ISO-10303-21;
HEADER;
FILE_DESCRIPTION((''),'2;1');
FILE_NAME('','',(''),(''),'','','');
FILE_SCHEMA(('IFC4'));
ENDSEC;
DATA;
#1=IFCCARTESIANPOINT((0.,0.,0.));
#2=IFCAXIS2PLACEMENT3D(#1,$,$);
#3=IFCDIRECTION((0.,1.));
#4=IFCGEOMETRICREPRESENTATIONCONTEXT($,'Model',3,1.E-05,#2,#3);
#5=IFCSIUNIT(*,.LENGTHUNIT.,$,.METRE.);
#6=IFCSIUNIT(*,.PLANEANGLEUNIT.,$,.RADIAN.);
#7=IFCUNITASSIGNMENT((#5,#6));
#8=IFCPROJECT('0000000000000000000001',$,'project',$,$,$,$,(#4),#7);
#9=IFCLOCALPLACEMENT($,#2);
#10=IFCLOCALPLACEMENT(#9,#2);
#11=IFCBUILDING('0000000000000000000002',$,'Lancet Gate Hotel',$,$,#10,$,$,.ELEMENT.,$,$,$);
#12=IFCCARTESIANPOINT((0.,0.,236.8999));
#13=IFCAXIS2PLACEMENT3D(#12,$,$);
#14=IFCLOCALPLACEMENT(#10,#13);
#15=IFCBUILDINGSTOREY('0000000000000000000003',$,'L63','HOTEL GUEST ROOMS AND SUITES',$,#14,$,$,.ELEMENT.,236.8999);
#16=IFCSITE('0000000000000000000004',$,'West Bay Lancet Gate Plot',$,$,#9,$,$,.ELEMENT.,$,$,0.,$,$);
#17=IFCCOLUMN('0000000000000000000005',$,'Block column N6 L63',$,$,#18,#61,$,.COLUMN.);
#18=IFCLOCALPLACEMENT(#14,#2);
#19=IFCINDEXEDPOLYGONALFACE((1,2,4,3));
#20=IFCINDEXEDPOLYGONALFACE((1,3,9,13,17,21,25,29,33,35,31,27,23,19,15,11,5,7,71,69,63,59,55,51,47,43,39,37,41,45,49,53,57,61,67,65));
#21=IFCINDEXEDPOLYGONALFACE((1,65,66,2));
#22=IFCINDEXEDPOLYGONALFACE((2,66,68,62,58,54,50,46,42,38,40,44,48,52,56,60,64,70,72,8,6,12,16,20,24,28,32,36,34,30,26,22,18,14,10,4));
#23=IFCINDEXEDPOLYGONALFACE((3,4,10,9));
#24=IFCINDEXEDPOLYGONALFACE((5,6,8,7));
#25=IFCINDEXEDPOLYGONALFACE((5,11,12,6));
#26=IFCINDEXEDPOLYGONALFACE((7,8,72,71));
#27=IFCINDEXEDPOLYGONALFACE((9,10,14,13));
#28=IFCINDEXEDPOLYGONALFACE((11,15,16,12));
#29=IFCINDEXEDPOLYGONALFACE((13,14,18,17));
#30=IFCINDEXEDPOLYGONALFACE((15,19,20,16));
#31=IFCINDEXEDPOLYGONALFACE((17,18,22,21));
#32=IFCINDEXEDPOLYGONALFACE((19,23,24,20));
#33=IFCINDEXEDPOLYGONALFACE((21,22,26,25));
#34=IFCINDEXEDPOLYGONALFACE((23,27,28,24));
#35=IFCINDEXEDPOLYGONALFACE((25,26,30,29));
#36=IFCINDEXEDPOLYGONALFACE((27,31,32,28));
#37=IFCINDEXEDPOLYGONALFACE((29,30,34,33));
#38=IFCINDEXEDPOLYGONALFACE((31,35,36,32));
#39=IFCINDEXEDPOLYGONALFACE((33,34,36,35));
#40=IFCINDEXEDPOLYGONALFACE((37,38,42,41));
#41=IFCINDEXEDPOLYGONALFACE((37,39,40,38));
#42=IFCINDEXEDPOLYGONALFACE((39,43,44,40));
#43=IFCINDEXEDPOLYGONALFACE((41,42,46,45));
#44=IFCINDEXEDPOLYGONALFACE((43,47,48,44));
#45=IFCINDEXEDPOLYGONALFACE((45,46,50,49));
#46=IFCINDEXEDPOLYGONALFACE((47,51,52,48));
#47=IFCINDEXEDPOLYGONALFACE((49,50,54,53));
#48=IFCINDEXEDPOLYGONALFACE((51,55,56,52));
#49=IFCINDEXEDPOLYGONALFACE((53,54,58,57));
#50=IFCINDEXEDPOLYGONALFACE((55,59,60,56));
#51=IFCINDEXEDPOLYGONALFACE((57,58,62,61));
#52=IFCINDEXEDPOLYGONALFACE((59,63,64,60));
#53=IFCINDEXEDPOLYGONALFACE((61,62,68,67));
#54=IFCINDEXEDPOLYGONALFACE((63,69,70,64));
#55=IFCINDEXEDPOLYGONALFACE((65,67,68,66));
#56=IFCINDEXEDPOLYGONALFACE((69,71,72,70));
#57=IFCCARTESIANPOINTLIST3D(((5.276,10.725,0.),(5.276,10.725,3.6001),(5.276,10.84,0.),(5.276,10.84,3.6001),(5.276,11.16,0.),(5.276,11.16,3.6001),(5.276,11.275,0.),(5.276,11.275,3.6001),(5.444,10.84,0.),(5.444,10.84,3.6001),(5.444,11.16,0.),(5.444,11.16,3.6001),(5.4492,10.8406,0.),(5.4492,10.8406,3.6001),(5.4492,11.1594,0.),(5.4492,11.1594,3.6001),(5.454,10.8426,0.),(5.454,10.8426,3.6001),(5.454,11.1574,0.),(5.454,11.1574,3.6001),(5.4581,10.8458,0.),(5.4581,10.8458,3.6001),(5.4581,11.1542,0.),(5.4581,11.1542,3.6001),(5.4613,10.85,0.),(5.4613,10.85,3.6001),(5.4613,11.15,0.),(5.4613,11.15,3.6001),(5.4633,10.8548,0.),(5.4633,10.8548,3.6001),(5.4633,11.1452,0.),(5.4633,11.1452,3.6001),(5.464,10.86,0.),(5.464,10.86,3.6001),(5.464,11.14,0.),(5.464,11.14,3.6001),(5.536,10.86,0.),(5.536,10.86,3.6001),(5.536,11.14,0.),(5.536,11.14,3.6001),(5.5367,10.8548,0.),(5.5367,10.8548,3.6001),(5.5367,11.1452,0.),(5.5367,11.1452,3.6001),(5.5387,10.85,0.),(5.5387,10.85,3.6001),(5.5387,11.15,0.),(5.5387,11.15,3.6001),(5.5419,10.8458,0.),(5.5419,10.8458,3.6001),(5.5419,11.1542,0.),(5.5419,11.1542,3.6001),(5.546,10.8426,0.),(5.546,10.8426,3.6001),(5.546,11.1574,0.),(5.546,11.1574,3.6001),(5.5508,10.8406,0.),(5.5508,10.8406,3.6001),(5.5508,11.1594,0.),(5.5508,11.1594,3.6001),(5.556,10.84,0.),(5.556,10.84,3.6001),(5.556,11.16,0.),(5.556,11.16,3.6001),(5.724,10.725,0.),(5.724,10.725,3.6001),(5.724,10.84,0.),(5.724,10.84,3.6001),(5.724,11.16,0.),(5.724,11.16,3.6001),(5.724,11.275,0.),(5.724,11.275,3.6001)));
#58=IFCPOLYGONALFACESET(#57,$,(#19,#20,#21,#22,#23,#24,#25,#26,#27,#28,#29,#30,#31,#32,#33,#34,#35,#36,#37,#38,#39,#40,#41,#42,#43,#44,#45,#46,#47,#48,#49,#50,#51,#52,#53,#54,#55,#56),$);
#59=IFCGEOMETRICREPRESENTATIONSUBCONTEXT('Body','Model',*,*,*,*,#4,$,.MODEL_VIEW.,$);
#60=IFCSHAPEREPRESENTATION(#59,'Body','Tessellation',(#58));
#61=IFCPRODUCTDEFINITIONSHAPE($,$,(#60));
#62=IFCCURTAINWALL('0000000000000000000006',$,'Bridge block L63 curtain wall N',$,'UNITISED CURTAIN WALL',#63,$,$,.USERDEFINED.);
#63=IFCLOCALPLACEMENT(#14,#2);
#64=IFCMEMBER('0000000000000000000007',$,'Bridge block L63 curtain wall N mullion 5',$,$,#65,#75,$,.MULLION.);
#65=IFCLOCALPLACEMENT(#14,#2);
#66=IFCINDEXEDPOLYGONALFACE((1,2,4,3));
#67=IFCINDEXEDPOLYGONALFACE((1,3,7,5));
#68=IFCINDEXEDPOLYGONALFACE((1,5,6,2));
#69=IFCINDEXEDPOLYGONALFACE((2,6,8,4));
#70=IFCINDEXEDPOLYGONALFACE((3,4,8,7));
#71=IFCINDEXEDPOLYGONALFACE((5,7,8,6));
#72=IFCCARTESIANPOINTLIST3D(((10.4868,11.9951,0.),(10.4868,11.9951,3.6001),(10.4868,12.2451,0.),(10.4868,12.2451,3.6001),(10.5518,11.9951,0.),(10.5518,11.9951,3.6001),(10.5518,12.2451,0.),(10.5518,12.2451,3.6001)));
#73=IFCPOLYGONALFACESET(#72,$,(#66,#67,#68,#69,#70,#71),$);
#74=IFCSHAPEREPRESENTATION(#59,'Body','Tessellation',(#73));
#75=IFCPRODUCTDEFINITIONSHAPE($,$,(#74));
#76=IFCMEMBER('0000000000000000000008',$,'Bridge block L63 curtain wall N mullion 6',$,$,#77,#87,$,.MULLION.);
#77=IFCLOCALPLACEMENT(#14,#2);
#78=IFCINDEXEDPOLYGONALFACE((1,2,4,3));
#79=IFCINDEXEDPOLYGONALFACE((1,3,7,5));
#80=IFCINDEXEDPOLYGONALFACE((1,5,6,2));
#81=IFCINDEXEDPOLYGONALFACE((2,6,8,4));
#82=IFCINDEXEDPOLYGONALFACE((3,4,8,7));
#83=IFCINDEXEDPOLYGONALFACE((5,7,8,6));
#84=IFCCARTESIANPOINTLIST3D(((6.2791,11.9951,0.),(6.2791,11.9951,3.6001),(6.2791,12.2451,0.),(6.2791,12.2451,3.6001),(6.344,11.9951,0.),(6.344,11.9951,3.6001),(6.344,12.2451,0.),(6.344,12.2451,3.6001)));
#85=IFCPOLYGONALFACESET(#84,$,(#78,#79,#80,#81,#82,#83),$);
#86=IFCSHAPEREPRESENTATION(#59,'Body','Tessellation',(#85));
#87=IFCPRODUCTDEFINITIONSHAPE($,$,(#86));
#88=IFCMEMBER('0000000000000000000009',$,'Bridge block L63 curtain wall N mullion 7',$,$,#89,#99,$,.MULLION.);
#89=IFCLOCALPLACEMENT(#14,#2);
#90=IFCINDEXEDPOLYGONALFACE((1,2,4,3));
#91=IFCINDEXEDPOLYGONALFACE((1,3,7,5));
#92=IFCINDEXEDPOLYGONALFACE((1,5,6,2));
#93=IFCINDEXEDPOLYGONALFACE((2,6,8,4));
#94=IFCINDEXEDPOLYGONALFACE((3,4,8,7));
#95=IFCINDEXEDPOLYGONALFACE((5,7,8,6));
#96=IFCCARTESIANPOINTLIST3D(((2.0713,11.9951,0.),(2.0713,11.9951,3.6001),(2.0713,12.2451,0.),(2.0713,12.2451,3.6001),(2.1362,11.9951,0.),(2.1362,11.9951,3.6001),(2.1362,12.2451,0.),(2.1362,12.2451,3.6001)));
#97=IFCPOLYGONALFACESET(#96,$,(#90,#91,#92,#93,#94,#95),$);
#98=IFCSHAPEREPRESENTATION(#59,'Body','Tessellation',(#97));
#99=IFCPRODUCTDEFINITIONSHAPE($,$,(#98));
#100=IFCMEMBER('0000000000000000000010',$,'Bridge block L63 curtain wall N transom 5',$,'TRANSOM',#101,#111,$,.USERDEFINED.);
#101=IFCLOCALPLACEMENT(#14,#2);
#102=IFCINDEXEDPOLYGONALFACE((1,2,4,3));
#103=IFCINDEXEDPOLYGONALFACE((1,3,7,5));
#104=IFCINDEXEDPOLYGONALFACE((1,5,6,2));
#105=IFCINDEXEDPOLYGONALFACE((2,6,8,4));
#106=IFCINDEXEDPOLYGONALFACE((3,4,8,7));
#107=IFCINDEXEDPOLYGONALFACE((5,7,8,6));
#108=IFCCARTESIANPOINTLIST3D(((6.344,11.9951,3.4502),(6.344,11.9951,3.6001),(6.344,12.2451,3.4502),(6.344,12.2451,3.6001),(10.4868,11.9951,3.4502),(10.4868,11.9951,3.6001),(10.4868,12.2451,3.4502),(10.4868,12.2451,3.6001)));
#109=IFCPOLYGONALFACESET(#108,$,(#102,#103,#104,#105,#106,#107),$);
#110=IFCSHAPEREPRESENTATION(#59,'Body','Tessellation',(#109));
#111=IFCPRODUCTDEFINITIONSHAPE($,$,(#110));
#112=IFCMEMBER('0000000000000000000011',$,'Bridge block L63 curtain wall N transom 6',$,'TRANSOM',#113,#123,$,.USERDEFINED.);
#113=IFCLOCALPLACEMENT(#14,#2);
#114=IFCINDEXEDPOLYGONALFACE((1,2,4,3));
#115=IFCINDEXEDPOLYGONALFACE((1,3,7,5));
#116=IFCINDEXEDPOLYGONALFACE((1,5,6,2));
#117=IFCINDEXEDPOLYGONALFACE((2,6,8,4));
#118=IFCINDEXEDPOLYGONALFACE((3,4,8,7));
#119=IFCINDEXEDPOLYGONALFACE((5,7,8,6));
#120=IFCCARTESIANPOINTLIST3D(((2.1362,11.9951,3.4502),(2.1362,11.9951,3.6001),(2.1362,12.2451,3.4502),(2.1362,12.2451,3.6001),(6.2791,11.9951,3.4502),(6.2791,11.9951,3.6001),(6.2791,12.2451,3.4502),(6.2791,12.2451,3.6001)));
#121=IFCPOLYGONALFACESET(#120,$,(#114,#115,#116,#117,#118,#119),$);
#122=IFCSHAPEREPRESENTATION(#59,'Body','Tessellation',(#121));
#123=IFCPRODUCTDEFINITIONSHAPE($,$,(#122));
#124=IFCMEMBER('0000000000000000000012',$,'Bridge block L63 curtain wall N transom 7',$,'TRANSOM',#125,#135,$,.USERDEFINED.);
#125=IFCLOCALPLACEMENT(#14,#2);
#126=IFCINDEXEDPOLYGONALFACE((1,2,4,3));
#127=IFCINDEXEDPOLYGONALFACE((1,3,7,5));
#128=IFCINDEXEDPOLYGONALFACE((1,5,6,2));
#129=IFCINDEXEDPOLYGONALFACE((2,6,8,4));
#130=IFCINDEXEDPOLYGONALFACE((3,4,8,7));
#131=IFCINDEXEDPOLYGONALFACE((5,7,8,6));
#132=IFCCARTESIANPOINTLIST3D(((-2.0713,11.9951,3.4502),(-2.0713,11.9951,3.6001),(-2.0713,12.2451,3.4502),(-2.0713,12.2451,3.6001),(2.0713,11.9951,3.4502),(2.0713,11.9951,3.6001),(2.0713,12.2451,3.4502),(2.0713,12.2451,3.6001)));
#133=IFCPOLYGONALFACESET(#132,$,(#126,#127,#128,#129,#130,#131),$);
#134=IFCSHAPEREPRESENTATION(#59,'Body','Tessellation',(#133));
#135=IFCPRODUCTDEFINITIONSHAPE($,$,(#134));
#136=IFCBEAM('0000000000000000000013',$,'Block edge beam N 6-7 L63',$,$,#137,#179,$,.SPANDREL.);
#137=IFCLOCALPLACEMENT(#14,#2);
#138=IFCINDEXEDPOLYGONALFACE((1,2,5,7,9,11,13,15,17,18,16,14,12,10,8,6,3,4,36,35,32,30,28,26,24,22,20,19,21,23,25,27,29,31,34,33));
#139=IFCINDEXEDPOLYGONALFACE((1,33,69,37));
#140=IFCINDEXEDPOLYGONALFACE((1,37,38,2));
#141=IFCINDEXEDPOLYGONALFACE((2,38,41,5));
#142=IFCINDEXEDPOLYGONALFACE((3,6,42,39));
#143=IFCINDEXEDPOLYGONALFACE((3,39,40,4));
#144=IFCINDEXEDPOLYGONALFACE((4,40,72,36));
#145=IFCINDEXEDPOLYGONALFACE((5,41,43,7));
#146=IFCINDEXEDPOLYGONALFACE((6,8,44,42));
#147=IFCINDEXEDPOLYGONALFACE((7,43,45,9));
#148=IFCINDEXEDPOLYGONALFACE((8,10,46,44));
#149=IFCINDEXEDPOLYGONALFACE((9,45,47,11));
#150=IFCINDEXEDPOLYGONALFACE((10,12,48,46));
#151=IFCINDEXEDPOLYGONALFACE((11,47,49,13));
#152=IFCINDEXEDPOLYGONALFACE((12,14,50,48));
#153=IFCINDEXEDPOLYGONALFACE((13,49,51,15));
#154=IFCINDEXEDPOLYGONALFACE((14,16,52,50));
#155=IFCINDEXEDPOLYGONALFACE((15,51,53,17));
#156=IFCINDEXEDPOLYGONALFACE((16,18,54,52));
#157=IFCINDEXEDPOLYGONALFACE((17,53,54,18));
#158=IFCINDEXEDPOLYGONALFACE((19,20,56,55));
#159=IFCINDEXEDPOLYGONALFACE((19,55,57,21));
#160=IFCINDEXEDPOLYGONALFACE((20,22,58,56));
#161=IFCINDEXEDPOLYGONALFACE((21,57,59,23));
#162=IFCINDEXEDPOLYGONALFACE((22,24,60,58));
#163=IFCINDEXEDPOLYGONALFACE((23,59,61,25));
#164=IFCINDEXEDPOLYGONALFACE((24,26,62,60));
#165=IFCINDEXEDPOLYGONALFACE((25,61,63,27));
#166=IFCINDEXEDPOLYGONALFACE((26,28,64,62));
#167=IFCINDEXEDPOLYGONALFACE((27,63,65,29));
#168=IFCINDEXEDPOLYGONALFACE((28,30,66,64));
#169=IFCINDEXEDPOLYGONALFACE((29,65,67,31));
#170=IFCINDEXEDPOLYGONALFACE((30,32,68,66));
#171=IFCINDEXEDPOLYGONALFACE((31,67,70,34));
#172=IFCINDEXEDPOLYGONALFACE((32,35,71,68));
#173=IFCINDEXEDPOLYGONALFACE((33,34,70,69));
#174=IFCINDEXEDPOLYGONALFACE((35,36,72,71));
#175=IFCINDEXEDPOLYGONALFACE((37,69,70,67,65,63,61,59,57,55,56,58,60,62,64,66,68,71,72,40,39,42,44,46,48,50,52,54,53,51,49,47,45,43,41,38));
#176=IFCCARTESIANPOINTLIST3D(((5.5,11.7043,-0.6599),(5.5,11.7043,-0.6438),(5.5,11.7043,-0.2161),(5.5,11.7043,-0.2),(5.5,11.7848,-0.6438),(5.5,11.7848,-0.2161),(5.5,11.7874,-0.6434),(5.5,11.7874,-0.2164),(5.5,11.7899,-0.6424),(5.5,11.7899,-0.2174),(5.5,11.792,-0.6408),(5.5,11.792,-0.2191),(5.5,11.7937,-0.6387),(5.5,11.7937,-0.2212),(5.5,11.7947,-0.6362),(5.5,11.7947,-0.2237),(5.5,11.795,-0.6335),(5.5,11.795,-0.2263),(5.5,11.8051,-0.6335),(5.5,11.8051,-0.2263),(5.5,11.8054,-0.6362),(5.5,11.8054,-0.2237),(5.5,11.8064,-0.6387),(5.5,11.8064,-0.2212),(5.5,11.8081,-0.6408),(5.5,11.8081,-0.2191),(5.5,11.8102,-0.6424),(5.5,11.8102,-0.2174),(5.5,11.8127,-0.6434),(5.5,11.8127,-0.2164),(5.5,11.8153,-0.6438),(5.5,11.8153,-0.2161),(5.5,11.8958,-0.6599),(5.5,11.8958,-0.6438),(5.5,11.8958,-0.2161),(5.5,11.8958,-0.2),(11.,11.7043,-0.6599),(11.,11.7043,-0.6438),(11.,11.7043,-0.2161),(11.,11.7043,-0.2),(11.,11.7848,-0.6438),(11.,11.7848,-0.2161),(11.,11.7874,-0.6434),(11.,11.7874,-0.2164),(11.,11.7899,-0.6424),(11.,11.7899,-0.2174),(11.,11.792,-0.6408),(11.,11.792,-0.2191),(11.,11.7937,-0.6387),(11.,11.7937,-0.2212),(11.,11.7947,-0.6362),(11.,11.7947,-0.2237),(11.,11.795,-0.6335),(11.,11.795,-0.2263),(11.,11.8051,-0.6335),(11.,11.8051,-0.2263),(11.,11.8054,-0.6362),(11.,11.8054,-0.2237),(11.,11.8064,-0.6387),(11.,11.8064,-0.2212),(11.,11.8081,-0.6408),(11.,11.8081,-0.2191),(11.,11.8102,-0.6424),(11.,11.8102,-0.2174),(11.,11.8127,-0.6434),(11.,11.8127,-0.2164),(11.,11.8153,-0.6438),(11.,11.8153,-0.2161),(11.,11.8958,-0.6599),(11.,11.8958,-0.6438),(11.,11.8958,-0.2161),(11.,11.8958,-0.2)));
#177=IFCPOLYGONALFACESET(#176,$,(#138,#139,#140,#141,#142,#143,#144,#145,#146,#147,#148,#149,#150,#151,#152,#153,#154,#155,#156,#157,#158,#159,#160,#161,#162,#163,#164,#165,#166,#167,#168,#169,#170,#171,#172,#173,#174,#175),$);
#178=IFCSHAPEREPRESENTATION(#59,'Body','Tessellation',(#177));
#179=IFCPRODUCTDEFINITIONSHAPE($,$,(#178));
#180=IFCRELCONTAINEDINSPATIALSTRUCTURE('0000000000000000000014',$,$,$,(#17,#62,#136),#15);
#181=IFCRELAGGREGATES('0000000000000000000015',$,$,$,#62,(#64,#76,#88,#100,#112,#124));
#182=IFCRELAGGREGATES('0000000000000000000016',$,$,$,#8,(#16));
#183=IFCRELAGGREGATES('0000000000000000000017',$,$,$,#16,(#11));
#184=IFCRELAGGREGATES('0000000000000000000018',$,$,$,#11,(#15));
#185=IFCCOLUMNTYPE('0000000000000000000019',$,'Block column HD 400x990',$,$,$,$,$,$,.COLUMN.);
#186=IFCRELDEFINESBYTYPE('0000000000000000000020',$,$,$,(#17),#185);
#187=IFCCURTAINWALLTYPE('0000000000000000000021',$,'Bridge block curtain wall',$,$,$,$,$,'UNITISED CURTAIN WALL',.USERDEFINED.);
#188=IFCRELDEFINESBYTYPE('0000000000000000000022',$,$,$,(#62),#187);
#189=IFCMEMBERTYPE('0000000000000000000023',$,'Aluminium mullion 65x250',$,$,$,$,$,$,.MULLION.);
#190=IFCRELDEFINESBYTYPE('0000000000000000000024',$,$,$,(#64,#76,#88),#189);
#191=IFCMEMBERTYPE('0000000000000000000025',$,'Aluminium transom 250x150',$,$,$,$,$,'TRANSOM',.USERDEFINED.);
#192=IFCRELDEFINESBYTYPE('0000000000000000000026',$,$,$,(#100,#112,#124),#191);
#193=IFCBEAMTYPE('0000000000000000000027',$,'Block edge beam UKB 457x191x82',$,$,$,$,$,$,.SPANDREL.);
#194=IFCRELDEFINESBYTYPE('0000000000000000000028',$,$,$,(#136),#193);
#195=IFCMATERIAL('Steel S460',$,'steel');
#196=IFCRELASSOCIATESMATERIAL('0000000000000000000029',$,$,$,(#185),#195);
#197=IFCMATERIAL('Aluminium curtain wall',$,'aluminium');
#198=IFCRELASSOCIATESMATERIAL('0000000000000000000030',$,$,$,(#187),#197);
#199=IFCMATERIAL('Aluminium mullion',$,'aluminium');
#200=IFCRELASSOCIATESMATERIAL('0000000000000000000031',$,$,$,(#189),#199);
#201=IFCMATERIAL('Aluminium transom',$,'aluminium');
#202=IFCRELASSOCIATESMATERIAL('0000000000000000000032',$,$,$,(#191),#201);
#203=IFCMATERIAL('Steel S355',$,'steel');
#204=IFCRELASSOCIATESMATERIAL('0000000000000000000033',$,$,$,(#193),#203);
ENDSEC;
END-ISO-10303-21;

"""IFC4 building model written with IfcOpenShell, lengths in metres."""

from ifc_helpers import new_model, si_unit, direction, frame, origin, origin_2d, place, context, subcontext, project, spatial, rectangle, i_section, extrude, material, material_profile, profile_set, type_object, element, aggregate, save


model = new_model("IFC4")

# Units and contexts
model_context = context("Model", 3, precision=1e-05, world=origin(), true_north=direction((0.0, 1.0)))
body_context = subcontext(model_context, "Body", "Model", "MODEL_VIEW")
ifc_project = project(units=[si_unit("LENGTHUNIT", "METRE"), si_unit("PLANEANGLEUNIT", "RADIAN")], contexts=[model_context])

# Site, building, storey
site_placement = place(None, origin())
site = spatial("IfcSite", under=ifc_project, at=site_placement, Name="West Bay Lancet Gate Plot", CompositionType="ELEMENT", RefElevation=0.0)
building_placement = place(site_placement, origin())
building = spatial("IfcBuilding", under=site, at=building_placement, Name="Lancet Gate Hotel", CompositionType="ELEMENT")
storey_placement = place(building_placement, frame((0.0, 0.0, 236.8999)))
storey = spatial("IfcBuildingStorey", under=building, at=storey_placement, Name="L63", Description="HOTEL GUEST ROOMS AND SUITES", CompositionType="ELEMENT", Elevation=236.8999)

# Column
ifc_material_1 = material(Name="Steel S460", Category="steel")
ifc_material_profile_1 = material_profile(ifc_material_1, i_section(OverallWidth=0.448, OverallDepth=0.55, WebThickness=0.072, FlangeThickness=0.115, FilletRadius=0.02, at=origin_2d()), Name="HD 400x990")
ifc_profile_set_1 = profile_set([ifc_material_profile_1], Name="Steel S460")
column_type = type_object("IfcColumnType", Name="Block column HD 400x990", PredefinedType="COLUMN", material=ifc_profile_set_1)
column_placement = place(storey_placement, frame((5.5, 11.0, 0.0), z_axis=(0.0, 0.0, 1.0), x_axis=(1.0, 0.0, 0.0)))
element("IfcColumn", 1, at=column_placement, inside=storey, type_object=column_type, Name="Block column N6 L63", PredefinedType="COLUMN", context=body_context, shape_type="SweptSolid", body=[
    extrude(i_section(OverallWidth=0.448, OverallDepth=0.55, WebThickness=0.072, FlangeThickness=0.115, FilletRadius=0.02, at=origin_2d()), origin(), (0.0, 0.0, 1.0), 3.6001),
])

# Curtain wall, members
ifc_material_2 = material(Name="Aluminium curtain wall", Category="aluminium")
curtain_wall_type = type_object("IfcCurtainWallType", Name="Bridge block curtain wall", ElementType="UNITISED CURTAIN WALL", PredefinedType="USERDEFINED", material=ifc_material_2)
curtain_wall_placement = place(storey_placement, origin())
curtain_wall = element("IfcCurtainWall", 2, at=curtain_wall_placement, inside=storey, type_object=curtain_wall_type, Name="Bridge block L63 curtain wall N", ObjectType="UNITISED CURTAIN WALL", PredefinedType="USERDEFINED")
ifc_material_3 = material(Name="Aluminium mullion", Category="aluminium")
ifc_material_profile_2 = material_profile(ifc_material_3, rectangle(XDim=0.0649, YDim=0.25, at=origin_2d()), Name="MULLION 65x250")
ifc_profile_set_2 = profile_set([ifc_material_profile_2], Name="Aluminium mullion")
member_type_1 = type_object("IfcMemberType", Name="Aluminium mullion 65x250", PredefinedType="MULLION", material=ifc_profile_set_2)
member_1_placement = place(storey_placement, frame((10.5193, 12.1201, 0.0), z_axis=(0.0, 0.0, 1.0), x_axis=(-1.0, 0.0, 0.0)))
member_1 = element("IfcMember", 3, at=member_1_placement, type_object=member_type_1, Name="Bridge block L63 curtain wall N mullion 5", PredefinedType="MULLION", context=body_context, shape_type="SweptSolid", body=[
    extrude(rectangle(XDim=0.0649, YDim=0.25, at=origin_2d()), origin(), (0.0, 0.0, 1.0), 3.6001),
])
member_2_placement = place(storey_placement, frame((6.3115, 12.1201, 0.0), z_axis=(0.0, 0.0, 1.0), x_axis=(-1.0, 0.0, 0.0)))
member_2 = element("IfcMember", 4, at=member_2_placement, type_object=member_type_1, Name="Bridge block L63 curtain wall N mullion 6", PredefinedType="MULLION", context=body_context, shape_type="SweptSolid", body=[
    extrude(rectangle(XDim=0.0649, YDim=0.25, at=origin_2d()), origin(), (0.0, 0.0, 1.0), 3.6001),
])
member_3_placement = place(storey_placement, frame((2.1038, 12.1201, 0.0), z_axis=(0.0, 0.0, 1.0), x_axis=(-1.0, 0.0, 0.0)))
member_3 = element("IfcMember", 5, at=member_3_placement, type_object=member_type_1, Name="Bridge block L63 curtain wall N mullion 7", PredefinedType="MULLION", context=body_context, shape_type="SweptSolid", body=[
    extrude(rectangle(XDim=0.0649, YDim=0.25, at=origin_2d()), origin(), (0.0, 0.0, 1.0), 3.6001),
])
ifc_material_4 = material(Name="Aluminium transom", Category="aluminium")
ifc_material_profile_3 = material_profile(ifc_material_4, rectangle(XDim=0.25, YDim=0.1499, at=origin_2d()), Name="TRANSOM 250x150")
ifc_profile_set_3 = profile_set([ifc_material_profile_3], Name="Aluminium transom")
member_type_2 = type_object("IfcMemberType", Name="Aluminium transom 250x150", ElementType="TRANSOM", PredefinedType="USERDEFINED", material=ifc_profile_set_3)
member_4_placement = place(storey_placement, frame((10.4868, 12.1201, 3.5251), z_axis=(-1.0, 0.0, 0.0), x_axis=(0.0, -1.0, 0.0)))
member_4 = element("IfcMember", 6, at=member_4_placement, type_object=member_type_2, Name="Bridge block L63 curtain wall N transom 5", ObjectType="TRANSOM", PredefinedType="USERDEFINED", context=body_context, shape_type="SweptSolid", body=[
    extrude(rectangle(XDim=0.25, YDim=0.1499, at=origin_2d()), origin(), (0.0, 0.0, 1.0), 4.1428),
])
member_5_placement = place(storey_placement, frame((6.2791, 12.1201, 3.5251), z_axis=(-1.0, 0.0, 0.0), x_axis=(0.0, -1.0, 0.0)))
member_5 = element("IfcMember", 7, at=member_5_placement, type_object=member_type_2, Name="Bridge block L63 curtain wall N transom 6", ObjectType="TRANSOM", PredefinedType="USERDEFINED", context=body_context, shape_type="SweptSolid", body=[
    extrude(rectangle(XDim=0.25, YDim=0.1499, at=origin_2d()), origin(), (0.0, 0.0, 1.0), 4.1428),
])
member_6_placement = place(storey_placement, frame((2.0713, 12.1201, 3.5251), z_axis=(-1.0, 0.0, 0.0), x_axis=(0.0, -1.0, 0.0)))
member_6 = element("IfcMember", 8, at=member_6_placement, type_object=member_type_2, Name="Bridge block L63 curtain wall N transom 7", ObjectType="TRANSOM", PredefinedType="USERDEFINED", context=body_context, shape_type="SweptSolid", body=[
    extrude(rectangle(XDim=0.25, YDim=0.1499, at=origin_2d()), origin(), (0.0, 0.0, 1.0), 4.1426),
])

# Beam
ifc_material_5 = material(Name="Steel S355", Category="steel")
ifc_material_profile_4 = material_profile(ifc_material_5, i_section(OverallWidth=0.1914, OverallDepth=0.46, WebThickness=0.01, FlangeThickness=0.0161, FilletRadius=0.0103, at=origin_2d()), Name="UKB 457x191x82")
ifc_profile_set_4 = profile_set([ifc_material_profile_4], Name="Steel S355")
beam_type_1 = type_object("IfcBeamType", Name="Block edge beam UKB 457x191x82", PredefinedType="SPANDREL", material=ifc_profile_set_4)
beam_placement = place(storey_placement, frame((5.5, 11.8, -0.4299), z_axis=(1.0, 0.0, 0.0), x_axis=(0.0, 1.0, 0.0)))
element("IfcBeam", 9, at=beam_placement, inside=storey, type_object=beam_type_1, Name="Block edge beam N 6-7 L63", PredefinedType="SPANDREL", context=body_context, shape_type="SweptSolid", body=[
    extrude(i_section(OverallWidth=0.1914, OverallDepth=0.46, WebThickness=0.01, FlangeThickness=0.0161, FilletRadius=0.0103, at=origin_2d()), origin(), (0.0, 0.0, 1.0), 5.5),
])

aggregate(curtain_wall, [member_1, member_2, member_3, member_4, member_5, member_6])

save(model, "model.ifc")
